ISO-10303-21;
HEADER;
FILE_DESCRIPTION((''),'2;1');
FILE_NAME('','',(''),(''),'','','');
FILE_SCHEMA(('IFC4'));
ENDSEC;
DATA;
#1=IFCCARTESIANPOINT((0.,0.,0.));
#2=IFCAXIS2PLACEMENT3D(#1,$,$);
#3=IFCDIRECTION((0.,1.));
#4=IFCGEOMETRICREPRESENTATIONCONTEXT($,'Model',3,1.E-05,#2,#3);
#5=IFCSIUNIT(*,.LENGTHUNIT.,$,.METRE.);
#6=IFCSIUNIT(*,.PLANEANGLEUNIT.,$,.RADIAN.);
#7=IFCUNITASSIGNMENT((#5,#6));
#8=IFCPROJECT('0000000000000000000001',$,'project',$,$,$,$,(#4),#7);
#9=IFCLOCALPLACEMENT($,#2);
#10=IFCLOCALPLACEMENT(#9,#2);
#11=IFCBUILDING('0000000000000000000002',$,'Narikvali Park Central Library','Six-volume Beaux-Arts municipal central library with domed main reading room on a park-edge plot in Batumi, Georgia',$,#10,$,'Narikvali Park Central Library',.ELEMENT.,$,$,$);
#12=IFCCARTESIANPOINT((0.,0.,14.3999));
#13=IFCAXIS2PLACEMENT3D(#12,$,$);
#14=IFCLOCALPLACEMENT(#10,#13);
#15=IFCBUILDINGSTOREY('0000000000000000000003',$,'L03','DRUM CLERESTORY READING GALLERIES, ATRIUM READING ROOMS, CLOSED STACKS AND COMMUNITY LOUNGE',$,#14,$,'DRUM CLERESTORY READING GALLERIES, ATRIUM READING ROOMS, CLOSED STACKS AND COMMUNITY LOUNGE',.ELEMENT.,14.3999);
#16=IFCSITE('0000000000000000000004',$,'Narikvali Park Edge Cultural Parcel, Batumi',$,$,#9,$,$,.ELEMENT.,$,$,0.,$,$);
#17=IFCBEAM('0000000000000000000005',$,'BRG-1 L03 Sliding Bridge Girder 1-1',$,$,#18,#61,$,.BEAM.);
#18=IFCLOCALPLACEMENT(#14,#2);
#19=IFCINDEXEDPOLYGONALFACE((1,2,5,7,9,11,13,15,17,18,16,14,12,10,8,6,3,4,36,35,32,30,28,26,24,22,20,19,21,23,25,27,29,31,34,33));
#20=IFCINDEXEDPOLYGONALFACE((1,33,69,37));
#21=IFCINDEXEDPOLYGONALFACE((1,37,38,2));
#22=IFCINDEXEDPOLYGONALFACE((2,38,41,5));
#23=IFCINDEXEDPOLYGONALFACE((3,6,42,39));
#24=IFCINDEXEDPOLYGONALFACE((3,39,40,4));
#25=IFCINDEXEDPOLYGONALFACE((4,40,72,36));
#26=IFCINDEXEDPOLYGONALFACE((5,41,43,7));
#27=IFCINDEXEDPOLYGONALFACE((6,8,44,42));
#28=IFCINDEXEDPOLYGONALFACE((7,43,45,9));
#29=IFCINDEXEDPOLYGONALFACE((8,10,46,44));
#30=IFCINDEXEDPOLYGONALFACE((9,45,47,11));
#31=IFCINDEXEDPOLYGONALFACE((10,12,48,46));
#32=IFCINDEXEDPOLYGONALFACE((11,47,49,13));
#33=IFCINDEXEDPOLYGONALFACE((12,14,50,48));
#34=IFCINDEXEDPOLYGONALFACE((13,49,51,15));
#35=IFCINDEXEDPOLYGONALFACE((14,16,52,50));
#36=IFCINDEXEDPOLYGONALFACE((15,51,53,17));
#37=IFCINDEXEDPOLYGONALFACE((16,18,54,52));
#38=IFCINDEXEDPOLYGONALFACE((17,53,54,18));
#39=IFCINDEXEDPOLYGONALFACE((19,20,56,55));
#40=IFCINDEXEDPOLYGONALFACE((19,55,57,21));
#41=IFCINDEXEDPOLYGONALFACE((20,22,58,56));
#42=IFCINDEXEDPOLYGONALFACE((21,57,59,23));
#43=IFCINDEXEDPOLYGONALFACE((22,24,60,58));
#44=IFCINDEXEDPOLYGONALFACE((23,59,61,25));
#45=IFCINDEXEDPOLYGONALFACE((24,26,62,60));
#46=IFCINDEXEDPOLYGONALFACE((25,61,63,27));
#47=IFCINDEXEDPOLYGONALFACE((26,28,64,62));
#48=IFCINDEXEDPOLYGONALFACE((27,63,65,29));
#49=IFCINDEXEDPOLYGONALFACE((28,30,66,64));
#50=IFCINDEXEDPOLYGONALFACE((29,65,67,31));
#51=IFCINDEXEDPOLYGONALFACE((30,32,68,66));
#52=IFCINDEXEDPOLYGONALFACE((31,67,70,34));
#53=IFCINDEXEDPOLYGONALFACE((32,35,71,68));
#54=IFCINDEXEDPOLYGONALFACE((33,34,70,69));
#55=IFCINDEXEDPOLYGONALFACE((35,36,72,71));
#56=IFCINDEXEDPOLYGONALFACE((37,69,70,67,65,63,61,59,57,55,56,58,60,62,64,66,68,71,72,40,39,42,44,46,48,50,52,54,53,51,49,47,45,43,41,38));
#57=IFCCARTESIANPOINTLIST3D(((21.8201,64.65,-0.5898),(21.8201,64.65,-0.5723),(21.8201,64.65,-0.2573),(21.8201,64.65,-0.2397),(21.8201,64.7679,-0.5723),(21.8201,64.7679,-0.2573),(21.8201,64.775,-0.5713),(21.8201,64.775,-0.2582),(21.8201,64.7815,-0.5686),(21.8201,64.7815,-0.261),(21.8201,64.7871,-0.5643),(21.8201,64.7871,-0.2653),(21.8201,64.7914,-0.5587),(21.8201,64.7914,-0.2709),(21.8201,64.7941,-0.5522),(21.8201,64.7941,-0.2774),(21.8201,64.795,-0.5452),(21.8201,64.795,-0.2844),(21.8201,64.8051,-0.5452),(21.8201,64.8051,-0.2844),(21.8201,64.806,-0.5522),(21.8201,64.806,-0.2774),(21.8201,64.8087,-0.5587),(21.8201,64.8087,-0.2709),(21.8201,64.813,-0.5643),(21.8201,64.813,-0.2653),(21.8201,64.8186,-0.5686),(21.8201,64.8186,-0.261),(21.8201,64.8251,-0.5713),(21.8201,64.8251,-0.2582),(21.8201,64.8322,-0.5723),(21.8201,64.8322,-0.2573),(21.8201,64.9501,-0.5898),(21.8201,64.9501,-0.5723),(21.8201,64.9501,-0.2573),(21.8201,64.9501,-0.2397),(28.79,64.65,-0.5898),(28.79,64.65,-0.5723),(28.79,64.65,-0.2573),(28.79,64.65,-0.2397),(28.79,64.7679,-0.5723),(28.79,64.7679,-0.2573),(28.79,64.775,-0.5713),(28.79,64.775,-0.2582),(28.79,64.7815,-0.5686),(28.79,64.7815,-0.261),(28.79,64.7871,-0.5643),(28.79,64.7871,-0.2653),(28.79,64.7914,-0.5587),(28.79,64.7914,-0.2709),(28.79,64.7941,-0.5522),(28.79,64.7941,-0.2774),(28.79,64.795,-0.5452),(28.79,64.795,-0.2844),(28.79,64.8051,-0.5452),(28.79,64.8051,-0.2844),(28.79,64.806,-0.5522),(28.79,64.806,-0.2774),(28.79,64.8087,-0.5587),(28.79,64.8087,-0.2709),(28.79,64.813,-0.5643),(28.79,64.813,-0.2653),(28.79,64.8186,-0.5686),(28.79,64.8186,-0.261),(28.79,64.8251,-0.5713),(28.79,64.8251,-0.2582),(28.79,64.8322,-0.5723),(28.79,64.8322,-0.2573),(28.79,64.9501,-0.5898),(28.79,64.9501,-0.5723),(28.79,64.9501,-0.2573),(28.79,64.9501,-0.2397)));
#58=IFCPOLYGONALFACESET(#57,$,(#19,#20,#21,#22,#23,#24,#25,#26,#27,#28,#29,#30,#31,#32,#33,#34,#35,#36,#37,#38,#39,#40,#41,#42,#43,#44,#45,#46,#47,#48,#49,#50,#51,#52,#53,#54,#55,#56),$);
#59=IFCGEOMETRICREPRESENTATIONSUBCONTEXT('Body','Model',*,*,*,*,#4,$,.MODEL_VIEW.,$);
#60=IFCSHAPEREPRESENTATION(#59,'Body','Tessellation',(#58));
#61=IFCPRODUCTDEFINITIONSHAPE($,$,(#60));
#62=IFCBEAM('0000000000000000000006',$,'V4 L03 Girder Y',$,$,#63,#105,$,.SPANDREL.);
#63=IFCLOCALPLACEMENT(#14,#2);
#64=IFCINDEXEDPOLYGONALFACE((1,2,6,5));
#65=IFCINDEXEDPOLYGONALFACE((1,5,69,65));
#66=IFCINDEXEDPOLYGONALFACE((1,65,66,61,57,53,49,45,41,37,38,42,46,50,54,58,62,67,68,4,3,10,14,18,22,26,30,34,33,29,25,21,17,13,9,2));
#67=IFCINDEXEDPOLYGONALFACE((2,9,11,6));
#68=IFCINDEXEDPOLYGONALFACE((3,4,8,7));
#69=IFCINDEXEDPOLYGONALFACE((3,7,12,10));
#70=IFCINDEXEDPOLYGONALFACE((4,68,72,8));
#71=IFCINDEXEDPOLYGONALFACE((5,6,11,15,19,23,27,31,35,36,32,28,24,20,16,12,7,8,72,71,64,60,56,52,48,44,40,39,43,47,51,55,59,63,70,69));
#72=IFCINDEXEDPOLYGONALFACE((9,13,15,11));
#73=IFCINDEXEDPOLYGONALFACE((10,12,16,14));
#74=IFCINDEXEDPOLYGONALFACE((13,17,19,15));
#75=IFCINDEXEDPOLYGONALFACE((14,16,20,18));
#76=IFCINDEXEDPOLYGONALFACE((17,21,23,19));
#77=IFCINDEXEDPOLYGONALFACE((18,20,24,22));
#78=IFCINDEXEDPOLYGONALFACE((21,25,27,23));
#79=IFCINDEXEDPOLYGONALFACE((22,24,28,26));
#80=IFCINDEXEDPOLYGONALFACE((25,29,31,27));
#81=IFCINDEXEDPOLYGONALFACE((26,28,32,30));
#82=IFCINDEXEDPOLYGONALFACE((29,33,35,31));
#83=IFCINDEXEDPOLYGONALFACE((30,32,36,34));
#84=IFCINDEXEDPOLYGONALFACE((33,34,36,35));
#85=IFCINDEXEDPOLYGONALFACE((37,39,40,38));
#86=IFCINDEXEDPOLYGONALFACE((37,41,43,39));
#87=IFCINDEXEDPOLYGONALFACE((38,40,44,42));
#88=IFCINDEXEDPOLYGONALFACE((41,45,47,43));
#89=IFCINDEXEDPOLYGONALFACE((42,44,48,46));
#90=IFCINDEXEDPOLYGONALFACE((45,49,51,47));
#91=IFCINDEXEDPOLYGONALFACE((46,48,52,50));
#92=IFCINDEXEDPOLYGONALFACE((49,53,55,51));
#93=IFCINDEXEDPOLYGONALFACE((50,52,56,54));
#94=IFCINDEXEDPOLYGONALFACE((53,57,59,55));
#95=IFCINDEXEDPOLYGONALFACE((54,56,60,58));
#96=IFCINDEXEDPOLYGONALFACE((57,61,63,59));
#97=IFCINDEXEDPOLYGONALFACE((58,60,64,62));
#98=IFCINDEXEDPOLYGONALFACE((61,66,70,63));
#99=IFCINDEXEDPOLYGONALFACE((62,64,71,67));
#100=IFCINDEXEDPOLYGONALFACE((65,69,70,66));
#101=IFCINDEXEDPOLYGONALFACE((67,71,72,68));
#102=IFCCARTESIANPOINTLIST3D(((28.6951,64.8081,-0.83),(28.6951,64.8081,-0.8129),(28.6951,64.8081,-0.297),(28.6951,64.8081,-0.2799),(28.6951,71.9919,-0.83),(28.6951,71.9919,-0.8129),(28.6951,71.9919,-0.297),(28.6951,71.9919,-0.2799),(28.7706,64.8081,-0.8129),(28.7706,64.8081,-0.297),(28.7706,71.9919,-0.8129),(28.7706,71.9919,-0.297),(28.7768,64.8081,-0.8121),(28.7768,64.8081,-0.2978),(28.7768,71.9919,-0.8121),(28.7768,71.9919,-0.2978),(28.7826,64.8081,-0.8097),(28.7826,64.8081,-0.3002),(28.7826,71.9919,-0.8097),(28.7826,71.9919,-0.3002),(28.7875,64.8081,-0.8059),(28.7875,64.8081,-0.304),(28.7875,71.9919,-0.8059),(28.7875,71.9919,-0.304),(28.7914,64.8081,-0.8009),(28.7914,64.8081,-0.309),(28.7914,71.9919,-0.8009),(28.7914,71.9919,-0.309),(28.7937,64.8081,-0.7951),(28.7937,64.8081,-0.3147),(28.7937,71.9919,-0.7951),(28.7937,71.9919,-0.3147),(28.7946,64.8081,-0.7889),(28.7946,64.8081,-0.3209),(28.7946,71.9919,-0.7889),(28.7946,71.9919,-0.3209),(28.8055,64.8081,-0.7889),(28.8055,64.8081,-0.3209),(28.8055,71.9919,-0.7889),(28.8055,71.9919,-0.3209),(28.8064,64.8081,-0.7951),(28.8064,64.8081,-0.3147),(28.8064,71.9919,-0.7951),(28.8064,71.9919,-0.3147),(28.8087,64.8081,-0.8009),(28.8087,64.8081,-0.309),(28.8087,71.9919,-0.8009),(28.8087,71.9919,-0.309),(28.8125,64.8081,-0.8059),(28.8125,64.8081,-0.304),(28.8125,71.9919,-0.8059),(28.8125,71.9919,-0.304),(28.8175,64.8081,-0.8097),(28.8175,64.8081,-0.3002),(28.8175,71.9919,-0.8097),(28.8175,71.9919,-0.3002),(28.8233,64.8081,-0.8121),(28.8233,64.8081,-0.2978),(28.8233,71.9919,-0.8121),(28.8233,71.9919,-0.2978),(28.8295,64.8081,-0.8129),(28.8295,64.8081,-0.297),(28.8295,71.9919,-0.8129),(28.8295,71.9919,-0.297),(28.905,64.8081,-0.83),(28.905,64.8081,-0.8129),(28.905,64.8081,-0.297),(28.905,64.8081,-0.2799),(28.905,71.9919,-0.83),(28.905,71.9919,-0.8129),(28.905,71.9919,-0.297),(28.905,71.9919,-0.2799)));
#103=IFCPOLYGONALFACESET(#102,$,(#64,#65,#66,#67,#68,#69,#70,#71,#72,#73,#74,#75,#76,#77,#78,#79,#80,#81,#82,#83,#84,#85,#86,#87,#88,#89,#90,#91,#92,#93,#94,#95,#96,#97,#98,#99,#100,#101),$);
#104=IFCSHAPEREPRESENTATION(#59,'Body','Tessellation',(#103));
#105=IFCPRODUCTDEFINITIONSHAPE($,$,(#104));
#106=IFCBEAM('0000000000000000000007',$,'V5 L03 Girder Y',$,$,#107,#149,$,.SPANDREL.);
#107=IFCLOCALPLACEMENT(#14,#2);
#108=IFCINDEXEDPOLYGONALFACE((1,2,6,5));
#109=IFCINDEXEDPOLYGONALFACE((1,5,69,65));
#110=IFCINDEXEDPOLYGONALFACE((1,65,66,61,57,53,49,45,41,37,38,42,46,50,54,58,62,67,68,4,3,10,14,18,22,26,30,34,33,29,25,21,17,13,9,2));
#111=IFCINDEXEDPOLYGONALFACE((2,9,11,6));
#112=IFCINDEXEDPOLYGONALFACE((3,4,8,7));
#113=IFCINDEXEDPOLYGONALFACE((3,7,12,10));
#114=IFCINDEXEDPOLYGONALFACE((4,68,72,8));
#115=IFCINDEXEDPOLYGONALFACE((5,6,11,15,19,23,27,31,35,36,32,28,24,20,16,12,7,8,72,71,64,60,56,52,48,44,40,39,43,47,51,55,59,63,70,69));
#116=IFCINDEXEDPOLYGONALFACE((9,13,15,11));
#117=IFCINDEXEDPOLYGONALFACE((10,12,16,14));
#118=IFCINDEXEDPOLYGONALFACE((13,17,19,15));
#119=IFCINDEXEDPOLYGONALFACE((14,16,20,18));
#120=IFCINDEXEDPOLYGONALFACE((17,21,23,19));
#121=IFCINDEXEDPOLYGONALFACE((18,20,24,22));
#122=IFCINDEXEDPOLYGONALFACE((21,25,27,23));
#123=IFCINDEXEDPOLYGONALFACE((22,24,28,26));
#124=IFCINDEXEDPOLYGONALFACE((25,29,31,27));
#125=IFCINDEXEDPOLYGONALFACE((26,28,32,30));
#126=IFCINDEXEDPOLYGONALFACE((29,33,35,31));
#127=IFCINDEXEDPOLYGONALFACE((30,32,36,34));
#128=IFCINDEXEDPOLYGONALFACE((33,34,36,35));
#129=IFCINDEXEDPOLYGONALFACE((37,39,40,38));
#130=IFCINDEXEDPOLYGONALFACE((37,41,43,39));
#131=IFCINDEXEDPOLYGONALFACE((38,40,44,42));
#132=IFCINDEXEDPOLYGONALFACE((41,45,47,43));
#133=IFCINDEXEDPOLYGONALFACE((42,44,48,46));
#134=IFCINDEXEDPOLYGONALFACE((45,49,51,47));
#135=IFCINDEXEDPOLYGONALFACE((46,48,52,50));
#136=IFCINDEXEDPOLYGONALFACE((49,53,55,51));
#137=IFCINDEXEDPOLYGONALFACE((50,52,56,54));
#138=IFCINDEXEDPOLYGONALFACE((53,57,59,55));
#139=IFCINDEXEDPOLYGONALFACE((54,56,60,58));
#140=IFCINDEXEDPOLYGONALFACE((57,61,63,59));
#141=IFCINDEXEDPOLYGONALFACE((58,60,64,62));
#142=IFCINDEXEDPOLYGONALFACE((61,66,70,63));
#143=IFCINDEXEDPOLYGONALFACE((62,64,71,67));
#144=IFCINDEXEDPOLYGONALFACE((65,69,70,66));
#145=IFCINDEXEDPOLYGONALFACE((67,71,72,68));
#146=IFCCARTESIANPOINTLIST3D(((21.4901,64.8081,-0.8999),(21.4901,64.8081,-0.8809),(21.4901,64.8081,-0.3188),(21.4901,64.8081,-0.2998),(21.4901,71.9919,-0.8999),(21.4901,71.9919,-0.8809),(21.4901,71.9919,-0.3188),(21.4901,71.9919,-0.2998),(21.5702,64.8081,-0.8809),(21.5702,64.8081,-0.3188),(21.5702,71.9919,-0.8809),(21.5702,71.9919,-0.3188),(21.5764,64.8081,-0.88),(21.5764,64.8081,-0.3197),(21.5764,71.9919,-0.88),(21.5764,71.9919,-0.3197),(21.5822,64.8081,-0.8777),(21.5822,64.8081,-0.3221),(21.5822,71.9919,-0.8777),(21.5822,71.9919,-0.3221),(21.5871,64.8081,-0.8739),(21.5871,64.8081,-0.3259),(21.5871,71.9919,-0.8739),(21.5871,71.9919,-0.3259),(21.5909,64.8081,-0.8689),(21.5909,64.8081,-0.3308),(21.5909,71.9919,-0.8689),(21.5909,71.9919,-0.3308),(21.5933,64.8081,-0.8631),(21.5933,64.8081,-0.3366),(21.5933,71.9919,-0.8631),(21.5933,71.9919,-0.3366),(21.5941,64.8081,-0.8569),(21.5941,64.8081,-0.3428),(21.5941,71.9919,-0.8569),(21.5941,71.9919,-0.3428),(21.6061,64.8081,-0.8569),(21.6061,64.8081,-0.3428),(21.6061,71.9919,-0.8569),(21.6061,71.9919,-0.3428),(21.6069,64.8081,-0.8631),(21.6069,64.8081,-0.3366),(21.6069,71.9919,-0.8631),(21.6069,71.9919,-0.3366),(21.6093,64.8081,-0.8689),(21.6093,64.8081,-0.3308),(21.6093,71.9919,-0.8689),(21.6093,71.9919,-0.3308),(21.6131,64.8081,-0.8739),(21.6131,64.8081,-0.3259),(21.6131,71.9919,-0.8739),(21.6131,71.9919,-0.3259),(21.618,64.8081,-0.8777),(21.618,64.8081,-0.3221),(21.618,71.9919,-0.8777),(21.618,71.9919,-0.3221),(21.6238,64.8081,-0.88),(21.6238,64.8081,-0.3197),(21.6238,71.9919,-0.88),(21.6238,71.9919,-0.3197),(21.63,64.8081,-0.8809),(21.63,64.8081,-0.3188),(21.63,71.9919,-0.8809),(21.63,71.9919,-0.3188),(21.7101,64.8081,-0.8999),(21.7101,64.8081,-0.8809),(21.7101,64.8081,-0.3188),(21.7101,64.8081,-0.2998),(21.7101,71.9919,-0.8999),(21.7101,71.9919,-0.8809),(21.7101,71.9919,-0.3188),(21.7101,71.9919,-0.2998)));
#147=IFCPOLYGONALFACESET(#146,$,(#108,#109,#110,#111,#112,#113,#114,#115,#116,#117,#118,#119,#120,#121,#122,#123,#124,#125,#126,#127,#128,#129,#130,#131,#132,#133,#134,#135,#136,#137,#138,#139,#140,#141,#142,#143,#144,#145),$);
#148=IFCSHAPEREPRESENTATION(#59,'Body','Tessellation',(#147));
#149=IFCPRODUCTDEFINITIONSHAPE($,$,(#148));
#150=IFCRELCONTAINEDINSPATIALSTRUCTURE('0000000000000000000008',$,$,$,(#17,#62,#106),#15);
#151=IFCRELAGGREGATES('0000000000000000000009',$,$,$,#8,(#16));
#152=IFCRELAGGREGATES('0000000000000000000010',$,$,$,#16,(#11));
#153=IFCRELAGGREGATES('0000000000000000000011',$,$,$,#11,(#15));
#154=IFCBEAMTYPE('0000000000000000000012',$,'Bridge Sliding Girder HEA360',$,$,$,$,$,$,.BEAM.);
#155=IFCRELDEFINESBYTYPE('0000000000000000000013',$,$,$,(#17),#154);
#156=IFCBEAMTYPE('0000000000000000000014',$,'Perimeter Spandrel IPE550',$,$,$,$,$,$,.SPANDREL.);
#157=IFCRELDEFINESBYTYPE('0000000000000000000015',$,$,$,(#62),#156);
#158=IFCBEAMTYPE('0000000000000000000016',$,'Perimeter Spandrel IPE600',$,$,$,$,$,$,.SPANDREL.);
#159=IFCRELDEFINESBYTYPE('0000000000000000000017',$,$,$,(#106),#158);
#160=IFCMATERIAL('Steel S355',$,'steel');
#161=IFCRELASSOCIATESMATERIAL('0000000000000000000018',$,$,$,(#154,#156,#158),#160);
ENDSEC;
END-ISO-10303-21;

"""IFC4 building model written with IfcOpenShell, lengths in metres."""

from ifc_helpers import new_model, si_unit, direction, frame, origin, origin_2d, place, context, subcontext, project, spatial, i_section, extrude, material, material_profile, profile_set, type_object, element, save


model = new_model("IFC4")

# Units and contexts
model_context = context("Model", 3, precision=1e-05, world=origin(), true_north=direction((0.0, 1.0)))
body_context = subcontext(model_context, "Body", "Model", "MODEL_VIEW")
ifc_project = project(units=[si_unit("LENGTHUNIT", "METRE"), si_unit("PLANEANGLEUNIT", "RADIAN")], contexts=[model_context])

# Site, building, storey
site_placement = place(None, origin())
site = spatial("IfcSite", under=ifc_project, at=site_placement, Name="Narikvali Park Edge Cultural Parcel, Batumi", CompositionType="ELEMENT", RefElevation=0.0)
building_placement = place(site_placement, origin())
building = spatial("IfcBuilding", under=site, at=building_placement, Name="Narikvali Park Central Library", Description="Six-volume Beaux-Arts municipal central library with domed main reading room on a park-edge plot in Batumi, Georgia", LongName="Narikvali Park Central Library", CompositionType="ELEMENT")
storey_placement = place(building_placement, frame((0.0, 0.0, 14.3999)))
storey = spatial("IfcBuildingStorey", under=building, at=storey_placement, Name="L03", Description="DRUM CLERESTORY READING GALLERIES, ATRIUM READING ROOMS, CLOSED STACKS AND COMMUNITY LOUNGE", LongName="DRUM CLERESTORY READING GALLERIES, ATRIUM READING ROOMS, CLOSED STACKS AND COMMUNITY LOUNGE", CompositionType="ELEMENT", Elevation=14.3999)

# Shared definitions
ifc_material_1 = material(Name="Steel S355", Category="steel")

# Beams
ifc_material_profile_1 = material_profile(ifc_material_1, i_section(OverallWidth=0.3, OverallDepth=0.3501, WebThickness=0.01, FlangeThickness=0.0176, FilletRadius=0.0271, at=origin_2d()), Name="HEA 360")
ifc_profile_set_1 = profile_set([ifc_material_profile_1], Name="Steel S355")
beam_type_1 = type_object("IfcBeamType", Name="Bridge Sliding Girder HEA360", PredefinedType="BEAM", material=ifc_profile_set_1)
beam_1_placement = place(storey_placement, frame((21.8201, 64.8, -0.4148), z_axis=(1.0, 0.0, 0.0), x_axis=(0.0, 1.0, 0.0)))
element("IfcBeam", 1, at=beam_1_placement, inside=storey, type_object=beam_type_1, Name="BRG-1 L03 Sliding Bridge Girder 1-1", PredefinedType="BEAM", context=body_context, shape_type="SweptSolid", body=[
    extrude(i_section(OverallWidth=0.3, OverallDepth=0.3501, WebThickness=0.01, FlangeThickness=0.0176, FilletRadius=0.0271, at=origin_2d()), origin(), (0.0, 0.0, 1.0), 6.97),
])
ifc_material_profile_2 = material_profile(ifc_material_1, i_section(OverallWidth=0.21, OverallDepth=0.55, WebThickness=0.011, FlangeThickness=0.0171, FilletRadius=0.0239, at=origin_2d()), Name="IPE 550")
ifc_profile_set_2 = profile_set([ifc_material_profile_2], Name="Steel S355")
beam_type_2 = type_object("IfcBeamType", Name="Perimeter Spandrel IPE550", PredefinedType="SPANDREL", material=ifc_profile_set_2)
beam_2_placement = place(storey_placement, frame((28.8, 64.8081, -0.5549), z_axis=(0.0, 1.0, 0.0), x_axis=(-1.0, 0.0, 0.0)))
element("IfcBeam", 2, at=beam_2_placement, inside=storey, type_object=beam_type_2, Name="V4 L03 Girder Y", PredefinedType="SPANDREL", context=body_context, shape_type="SweptSolid", body=[
    extrude(i_section(OverallWidth=0.21, OverallDepth=0.55, WebThickness=0.011, FlangeThickness=0.0171, FilletRadius=0.0239, at=origin_2d()), origin(), (0.0, 0.0, 1.0), 7.1838),
])
ifc_material_profile_3 = material_profile(ifc_material_1, i_section(OverallWidth=0.22, OverallDepth=0.6001, WebThickness=0.012, FlangeThickness=0.019, FilletRadius=0.0239, at=origin_2d()), Name="IPE 600")
ifc_profile_set_3 = profile_set([ifc_material_profile_3], Name="Steel S355")
beam_type_3 = type_object("IfcBeamType", Name="Perimeter Spandrel IPE600", PredefinedType="SPANDREL", material=ifc_profile_set_3)
beam_3_placement = place(storey_placement, frame((21.6001, 64.8081, -0.5999), z_axis=(0.0, 1.0, 0.0), x_axis=(-1.0, 0.0, 0.0)))
element("IfcBeam", 3, at=beam_3_placement, inside=storey, type_object=beam_type_3, Name="V5 L03 Girder Y", PredefinedType="SPANDREL", context=body_context, shape_type="SweptSolid", body=[
    extrude(i_section(OverallWidth=0.22, OverallDepth=0.6001, WebThickness=0.012, FlangeThickness=0.019, FilletRadius=0.0239, at=origin_2d()), origin(), (0.0, 0.0, 1.0), 7.1838),
])

save(model, "model.ifc")
